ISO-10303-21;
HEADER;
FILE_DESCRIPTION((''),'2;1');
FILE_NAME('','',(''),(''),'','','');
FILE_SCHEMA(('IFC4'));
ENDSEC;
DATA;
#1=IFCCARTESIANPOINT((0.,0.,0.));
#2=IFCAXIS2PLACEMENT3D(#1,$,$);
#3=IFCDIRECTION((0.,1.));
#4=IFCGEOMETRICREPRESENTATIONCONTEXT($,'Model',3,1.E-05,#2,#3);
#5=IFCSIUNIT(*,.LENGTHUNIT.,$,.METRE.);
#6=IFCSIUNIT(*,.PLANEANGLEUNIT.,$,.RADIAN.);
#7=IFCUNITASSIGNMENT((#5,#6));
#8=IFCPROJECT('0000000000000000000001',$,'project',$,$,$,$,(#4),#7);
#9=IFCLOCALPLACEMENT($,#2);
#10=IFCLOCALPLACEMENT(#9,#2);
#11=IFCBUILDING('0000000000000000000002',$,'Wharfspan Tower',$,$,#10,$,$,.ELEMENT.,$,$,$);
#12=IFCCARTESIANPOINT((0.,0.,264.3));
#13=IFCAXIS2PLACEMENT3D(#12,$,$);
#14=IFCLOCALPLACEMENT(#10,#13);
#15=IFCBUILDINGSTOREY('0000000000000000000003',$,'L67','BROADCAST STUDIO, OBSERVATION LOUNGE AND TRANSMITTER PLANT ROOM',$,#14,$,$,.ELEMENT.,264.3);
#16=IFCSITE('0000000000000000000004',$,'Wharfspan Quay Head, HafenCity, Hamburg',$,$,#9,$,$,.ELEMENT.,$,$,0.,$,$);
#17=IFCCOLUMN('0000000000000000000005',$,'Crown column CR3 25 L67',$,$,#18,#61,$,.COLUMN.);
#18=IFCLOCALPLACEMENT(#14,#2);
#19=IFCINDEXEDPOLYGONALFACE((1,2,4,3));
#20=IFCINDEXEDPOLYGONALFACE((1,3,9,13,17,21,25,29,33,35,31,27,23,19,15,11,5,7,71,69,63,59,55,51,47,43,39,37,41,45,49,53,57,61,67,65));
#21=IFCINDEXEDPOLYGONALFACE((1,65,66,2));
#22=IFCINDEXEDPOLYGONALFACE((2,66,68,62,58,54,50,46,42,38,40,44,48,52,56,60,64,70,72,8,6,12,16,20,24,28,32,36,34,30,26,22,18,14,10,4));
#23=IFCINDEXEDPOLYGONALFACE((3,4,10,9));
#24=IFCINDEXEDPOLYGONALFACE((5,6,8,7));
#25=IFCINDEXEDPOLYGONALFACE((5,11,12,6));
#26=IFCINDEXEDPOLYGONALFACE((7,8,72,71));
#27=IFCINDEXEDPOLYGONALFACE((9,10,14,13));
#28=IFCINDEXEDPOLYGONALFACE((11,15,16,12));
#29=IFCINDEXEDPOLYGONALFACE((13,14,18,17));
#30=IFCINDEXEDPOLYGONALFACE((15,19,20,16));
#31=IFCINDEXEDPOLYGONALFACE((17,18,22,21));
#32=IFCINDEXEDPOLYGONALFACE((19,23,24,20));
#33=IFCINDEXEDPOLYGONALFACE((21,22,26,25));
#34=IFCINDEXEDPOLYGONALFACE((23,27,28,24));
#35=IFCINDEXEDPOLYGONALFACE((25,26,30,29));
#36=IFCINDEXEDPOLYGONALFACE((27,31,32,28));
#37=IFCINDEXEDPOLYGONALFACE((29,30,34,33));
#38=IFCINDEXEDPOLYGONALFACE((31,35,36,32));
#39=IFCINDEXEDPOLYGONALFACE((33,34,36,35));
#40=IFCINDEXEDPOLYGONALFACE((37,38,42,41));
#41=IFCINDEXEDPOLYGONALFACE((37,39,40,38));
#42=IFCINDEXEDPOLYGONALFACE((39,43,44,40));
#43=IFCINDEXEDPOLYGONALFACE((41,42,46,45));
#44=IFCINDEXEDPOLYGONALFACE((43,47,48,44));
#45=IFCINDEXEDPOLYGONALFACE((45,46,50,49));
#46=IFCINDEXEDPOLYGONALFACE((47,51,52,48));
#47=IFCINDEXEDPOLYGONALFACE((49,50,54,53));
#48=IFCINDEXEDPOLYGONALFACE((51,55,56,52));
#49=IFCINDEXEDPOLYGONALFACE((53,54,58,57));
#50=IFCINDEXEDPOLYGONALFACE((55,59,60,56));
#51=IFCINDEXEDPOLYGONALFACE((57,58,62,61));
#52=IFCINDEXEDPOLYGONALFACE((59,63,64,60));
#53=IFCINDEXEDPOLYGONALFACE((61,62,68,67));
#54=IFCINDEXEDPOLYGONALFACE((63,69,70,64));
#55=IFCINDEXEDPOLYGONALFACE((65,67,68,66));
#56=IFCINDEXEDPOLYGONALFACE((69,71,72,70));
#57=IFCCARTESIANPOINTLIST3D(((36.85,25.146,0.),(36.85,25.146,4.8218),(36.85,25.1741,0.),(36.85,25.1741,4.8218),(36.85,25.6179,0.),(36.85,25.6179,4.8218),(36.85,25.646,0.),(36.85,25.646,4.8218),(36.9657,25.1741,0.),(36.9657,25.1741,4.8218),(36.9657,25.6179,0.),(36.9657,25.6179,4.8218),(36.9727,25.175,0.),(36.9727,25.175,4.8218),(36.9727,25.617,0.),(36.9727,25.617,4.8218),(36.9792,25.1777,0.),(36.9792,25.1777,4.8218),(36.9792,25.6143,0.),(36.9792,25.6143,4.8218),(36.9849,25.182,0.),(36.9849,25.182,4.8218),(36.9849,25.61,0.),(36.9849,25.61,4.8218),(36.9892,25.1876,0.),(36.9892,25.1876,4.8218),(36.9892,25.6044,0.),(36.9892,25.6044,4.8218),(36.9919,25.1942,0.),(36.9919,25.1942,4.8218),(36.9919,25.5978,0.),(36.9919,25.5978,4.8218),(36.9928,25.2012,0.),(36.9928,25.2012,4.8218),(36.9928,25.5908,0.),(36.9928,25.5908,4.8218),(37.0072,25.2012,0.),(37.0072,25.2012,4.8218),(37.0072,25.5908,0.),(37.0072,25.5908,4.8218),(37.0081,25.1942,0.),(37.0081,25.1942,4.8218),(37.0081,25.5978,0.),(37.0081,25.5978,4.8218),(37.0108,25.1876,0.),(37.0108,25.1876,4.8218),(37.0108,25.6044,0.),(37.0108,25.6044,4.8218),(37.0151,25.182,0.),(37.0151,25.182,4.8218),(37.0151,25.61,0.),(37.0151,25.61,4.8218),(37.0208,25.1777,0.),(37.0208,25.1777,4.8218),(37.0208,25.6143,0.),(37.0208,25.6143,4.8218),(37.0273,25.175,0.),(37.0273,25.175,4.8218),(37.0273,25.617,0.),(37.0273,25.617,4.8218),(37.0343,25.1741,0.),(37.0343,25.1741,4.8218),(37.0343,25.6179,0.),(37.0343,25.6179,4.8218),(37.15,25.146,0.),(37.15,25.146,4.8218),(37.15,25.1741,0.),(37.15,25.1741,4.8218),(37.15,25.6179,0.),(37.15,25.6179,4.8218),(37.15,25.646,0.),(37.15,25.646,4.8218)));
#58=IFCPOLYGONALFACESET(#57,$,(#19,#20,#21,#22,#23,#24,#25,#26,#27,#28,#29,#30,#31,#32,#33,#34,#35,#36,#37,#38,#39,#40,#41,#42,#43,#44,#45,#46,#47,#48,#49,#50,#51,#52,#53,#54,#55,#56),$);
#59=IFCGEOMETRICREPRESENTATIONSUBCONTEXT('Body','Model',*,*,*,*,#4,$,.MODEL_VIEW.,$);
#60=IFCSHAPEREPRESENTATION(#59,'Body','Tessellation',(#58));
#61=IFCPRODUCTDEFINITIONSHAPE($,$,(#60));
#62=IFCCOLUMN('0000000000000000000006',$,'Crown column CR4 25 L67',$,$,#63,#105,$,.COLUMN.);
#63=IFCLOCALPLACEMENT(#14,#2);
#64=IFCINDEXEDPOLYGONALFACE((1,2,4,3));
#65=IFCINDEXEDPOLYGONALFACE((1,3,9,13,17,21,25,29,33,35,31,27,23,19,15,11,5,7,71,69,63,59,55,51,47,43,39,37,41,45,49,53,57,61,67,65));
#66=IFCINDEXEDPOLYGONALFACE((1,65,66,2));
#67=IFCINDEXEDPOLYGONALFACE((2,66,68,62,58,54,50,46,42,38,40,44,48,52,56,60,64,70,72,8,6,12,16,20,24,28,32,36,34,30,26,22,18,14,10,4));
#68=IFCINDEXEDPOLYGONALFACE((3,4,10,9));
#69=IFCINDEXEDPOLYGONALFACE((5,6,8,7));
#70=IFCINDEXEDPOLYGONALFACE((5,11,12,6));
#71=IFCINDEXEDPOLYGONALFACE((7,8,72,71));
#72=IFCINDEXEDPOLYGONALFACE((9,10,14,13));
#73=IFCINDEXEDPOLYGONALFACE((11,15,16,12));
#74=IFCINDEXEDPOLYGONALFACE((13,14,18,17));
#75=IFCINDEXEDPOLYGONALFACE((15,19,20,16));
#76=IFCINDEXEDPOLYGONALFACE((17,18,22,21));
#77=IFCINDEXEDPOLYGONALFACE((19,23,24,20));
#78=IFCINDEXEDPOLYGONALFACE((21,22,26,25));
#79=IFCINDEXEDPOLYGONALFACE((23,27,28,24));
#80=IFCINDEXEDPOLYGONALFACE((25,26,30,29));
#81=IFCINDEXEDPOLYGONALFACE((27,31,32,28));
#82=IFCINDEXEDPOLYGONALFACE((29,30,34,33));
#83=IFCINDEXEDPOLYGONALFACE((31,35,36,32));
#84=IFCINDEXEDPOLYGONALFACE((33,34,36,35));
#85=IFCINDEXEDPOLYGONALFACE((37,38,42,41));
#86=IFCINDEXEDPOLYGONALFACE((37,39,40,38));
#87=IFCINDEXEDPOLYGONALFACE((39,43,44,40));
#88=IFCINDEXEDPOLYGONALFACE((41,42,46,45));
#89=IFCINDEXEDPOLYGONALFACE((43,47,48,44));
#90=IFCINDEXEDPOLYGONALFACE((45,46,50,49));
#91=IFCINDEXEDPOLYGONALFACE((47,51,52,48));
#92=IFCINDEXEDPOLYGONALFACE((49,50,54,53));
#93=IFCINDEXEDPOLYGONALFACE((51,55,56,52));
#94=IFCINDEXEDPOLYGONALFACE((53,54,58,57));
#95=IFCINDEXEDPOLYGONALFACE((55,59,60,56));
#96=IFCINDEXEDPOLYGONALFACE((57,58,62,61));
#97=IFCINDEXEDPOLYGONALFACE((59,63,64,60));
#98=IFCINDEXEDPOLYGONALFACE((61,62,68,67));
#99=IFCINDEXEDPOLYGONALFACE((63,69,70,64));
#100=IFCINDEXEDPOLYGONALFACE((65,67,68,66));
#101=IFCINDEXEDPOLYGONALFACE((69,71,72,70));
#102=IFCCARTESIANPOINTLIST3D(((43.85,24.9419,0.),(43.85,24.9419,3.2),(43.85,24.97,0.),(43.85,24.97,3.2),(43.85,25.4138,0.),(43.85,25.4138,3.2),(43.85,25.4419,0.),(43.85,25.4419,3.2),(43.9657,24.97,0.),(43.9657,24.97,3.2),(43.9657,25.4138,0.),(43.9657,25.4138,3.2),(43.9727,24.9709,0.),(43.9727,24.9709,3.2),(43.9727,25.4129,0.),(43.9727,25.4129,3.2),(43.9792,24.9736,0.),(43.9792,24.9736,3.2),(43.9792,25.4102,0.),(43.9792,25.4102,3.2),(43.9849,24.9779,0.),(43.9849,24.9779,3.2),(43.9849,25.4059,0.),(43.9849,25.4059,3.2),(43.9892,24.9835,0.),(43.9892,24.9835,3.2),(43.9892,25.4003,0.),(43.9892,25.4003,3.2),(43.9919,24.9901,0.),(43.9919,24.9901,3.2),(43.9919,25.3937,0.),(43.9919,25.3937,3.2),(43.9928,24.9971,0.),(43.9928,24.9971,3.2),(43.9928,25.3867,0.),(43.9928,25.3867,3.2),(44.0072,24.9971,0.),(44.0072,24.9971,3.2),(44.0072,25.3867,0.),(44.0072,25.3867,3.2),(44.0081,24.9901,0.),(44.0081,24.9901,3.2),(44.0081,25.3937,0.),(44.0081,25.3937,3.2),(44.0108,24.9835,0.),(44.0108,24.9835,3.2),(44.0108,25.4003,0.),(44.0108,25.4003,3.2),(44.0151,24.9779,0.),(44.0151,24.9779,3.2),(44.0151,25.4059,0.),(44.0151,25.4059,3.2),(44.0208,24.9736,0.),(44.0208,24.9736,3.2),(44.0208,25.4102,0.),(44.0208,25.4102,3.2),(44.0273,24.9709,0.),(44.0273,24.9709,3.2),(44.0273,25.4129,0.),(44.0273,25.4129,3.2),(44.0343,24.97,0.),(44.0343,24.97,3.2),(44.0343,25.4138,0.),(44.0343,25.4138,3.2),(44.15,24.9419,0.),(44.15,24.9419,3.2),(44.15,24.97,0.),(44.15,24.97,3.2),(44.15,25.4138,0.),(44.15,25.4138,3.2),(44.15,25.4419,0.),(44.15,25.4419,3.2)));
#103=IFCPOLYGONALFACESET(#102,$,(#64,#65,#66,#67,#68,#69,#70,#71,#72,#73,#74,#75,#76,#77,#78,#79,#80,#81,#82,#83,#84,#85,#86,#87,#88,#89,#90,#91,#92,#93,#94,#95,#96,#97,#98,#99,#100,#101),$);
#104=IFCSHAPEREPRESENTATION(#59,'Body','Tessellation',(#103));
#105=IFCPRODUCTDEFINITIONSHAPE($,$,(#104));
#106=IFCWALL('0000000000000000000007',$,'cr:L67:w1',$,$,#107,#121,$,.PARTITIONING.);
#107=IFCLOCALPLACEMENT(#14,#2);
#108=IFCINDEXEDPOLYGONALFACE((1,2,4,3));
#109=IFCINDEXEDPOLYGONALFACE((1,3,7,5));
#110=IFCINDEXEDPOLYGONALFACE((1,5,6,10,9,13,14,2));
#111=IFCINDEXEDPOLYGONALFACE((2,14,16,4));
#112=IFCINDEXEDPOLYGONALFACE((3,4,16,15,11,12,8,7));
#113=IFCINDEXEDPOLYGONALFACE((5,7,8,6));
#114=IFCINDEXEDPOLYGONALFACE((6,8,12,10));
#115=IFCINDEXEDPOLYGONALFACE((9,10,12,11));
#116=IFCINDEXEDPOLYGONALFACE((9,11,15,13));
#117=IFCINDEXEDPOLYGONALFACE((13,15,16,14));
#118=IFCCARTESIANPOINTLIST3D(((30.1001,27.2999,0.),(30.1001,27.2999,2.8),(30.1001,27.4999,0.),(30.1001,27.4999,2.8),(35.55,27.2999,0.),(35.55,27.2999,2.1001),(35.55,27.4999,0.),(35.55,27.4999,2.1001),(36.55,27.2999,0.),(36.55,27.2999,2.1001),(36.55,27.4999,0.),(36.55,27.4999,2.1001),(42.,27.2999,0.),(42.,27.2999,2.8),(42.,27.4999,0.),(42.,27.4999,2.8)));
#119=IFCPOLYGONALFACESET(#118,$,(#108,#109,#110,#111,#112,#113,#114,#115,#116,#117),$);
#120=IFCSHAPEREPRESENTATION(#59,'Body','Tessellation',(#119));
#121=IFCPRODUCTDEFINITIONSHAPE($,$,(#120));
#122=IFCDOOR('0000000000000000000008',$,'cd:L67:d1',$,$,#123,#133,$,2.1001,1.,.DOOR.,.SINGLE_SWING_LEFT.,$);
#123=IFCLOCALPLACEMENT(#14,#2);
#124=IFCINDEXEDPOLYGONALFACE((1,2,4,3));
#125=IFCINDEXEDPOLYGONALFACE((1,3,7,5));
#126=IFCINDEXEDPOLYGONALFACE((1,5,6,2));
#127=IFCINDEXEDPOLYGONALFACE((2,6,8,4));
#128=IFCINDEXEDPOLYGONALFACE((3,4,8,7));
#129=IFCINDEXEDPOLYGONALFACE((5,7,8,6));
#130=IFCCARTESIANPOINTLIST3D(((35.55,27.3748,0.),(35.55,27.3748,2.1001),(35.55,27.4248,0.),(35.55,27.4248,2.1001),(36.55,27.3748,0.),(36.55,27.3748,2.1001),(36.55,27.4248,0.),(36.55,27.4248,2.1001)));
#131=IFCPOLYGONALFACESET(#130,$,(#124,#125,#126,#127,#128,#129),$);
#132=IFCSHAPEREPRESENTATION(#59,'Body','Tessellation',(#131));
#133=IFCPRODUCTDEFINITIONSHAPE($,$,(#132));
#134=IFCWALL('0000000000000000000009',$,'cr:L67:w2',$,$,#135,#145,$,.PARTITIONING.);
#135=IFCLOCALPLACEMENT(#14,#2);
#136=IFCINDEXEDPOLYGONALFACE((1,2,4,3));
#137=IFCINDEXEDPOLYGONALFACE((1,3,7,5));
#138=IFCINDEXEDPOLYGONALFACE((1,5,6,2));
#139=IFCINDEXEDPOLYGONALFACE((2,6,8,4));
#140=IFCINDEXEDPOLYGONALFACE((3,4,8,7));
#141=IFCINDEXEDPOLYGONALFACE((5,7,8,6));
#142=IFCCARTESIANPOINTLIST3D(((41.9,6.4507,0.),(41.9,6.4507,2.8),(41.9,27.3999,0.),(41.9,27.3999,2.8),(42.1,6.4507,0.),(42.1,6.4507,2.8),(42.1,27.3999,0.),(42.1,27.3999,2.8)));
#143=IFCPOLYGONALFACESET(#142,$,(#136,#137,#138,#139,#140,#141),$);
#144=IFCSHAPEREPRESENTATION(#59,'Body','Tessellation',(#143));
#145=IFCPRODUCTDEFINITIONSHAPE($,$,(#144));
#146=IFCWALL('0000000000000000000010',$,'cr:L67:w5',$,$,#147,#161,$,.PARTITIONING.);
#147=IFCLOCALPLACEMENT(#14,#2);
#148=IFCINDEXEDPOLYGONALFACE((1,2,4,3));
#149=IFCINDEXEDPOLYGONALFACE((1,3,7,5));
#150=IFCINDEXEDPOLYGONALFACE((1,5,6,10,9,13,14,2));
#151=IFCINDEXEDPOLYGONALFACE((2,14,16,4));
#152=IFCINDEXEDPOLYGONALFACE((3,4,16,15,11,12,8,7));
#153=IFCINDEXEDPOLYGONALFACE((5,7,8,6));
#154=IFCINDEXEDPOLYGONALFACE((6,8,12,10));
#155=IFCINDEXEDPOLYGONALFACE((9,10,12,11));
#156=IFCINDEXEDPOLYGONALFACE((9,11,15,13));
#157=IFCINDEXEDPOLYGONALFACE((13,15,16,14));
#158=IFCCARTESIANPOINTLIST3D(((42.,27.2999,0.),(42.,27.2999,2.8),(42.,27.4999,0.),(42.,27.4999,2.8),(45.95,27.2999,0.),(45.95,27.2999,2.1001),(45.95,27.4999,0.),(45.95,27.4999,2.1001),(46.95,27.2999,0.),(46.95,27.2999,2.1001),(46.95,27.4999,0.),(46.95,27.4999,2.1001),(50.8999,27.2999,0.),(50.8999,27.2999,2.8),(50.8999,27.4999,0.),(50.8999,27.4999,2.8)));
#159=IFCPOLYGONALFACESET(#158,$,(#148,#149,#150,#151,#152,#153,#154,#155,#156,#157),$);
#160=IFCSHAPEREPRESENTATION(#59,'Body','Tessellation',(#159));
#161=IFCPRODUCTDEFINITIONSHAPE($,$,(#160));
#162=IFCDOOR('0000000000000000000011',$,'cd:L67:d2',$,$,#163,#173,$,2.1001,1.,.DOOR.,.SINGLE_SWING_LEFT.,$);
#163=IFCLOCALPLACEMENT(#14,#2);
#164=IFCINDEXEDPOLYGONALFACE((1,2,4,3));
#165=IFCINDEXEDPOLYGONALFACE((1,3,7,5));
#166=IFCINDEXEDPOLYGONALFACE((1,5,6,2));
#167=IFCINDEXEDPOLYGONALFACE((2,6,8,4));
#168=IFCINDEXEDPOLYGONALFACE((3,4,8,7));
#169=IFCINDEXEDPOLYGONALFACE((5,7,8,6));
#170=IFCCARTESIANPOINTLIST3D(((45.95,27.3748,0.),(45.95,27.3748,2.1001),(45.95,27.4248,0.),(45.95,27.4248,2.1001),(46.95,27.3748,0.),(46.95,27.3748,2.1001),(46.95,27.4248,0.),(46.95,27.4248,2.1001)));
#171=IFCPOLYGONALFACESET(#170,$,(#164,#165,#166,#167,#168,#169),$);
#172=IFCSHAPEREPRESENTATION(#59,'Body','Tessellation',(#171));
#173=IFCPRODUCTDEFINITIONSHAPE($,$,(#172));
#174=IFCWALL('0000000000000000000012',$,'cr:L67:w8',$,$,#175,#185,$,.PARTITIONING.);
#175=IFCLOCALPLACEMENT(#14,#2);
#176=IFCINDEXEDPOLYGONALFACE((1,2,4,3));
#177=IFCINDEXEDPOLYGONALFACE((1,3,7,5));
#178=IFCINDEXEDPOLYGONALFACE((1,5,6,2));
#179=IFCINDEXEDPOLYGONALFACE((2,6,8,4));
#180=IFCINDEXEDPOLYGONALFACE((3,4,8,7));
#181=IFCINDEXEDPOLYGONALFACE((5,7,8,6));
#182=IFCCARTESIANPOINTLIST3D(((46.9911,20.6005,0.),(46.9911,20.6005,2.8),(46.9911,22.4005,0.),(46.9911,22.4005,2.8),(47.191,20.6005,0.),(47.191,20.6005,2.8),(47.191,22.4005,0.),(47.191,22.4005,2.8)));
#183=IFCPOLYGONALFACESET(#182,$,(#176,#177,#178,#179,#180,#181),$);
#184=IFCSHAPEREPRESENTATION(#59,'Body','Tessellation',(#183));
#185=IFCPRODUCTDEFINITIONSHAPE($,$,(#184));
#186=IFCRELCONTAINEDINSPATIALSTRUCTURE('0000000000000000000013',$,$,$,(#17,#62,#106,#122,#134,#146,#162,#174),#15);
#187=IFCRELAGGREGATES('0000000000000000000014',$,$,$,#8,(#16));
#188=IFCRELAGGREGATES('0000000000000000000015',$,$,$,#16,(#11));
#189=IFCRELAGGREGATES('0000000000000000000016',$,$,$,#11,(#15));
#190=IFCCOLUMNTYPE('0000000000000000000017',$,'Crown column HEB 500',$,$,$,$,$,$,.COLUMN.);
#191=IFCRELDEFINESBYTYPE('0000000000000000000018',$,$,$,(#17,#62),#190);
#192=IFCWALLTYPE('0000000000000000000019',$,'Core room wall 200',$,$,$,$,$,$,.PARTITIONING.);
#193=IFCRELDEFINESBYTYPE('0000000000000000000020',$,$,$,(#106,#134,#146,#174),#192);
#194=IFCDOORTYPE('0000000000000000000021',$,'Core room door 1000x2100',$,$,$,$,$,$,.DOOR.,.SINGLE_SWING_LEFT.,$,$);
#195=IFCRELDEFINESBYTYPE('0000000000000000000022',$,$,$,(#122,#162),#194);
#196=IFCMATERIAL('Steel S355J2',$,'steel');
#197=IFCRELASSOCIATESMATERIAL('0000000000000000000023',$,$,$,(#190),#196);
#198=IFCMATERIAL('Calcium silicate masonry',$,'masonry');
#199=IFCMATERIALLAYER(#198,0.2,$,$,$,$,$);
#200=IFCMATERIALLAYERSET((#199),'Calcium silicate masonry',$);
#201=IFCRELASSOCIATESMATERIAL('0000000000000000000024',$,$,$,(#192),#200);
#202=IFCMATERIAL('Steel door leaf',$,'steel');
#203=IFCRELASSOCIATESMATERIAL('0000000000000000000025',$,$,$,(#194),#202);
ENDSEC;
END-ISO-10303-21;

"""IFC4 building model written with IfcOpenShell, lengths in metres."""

from ifc_helpers import new_model, si_unit, direction, frame, frame_2d, origin, origin_2d, place, context, subcontext, project, spatial, rectangle, i_section, extrude, material, layer, layer_set, material_profile, profile_set, type_object, element, fill, save


model = new_model("IFC4")

# Units and contexts
model_context = context("Model", 3, precision=1e-05, world=origin(), true_north=direction((0.0, 1.0)))
body_context = subcontext(model_context, "Body", "Model", "MODEL_VIEW")
ifc_project = project(units=[si_unit("LENGTHUNIT", "METRE"), si_unit("PLANEANGLEUNIT", "RADIAN")], contexts=[model_context])

# Site, building, storey
site_placement = place(None, origin())
site = spatial("IfcSite", under=ifc_project, at=site_placement, Name="Wharfspan Quay Head, HafenCity, Hamburg", CompositionType="ELEMENT", RefElevation=0.0)
building_placement = place(site_placement, origin())
building = spatial("IfcBuilding", under=site, at=building_placement, Name="Wharfspan Tower", CompositionType="ELEMENT")
storey_placement = place(building_placement, frame((0.0, 0.0, 264.3)))
storey = spatial("IfcBuildingStorey", under=building, at=storey_placement, Name="L67", Description="BROADCAST STUDIO, OBSERVATION LOUNGE AND TRANSMITTER PLANT ROOM", CompositionType="ELEMENT", Elevation=264.3)

# Columns
ifc_material_1 = material(Name="Steel S355J2", Category="steel")
ifc_material_profile = material_profile(ifc_material_1, i_section(OverallWidth=0.3, OverallDepth=0.5, WebThickness=0.0144, FlangeThickness=0.0281, FilletRadius=0.0271, at=origin_2d()))
ifc_profile_set = profile_set([ifc_material_profile], Name="Steel S355J2")
column_type = type_object("IfcColumnType", Name="Crown column HEB 500", PredefinedType="COLUMN", material=ifc_profile_set)
column_1_placement = place(storey_placement, frame((37.0, 25.396, 0.0), z_axis=(0.0, 0.0, 1.0), x_axis=(1.0, 0.0, 0.0)))
element("IfcColumn", 1, at=column_1_placement, inside=storey, type_object=column_type, Name="Crown column CR3 25 L67", PredefinedType="COLUMN", context=body_context, shape_type="SweptSolid", body=[
    extrude(i_section(OverallWidth=0.3, OverallDepth=0.5, WebThickness=0.0144, FlangeThickness=0.0281, FilletRadius=0.0271, at=origin_2d()), origin(), (0.0, 0.0, 1.0), 4.8218),
])
column_2_placement = place(storey_placement, frame((44.0, 25.1919, 0.0), z_axis=(0.0, 0.0, 1.0), x_axis=(1.0, 0.0, 0.0)))
element("IfcColumn", 2, at=column_2_placement, inside=storey, type_object=column_type, Name="Crown column CR4 25 L67", PredefinedType="COLUMN", context=body_context, shape_type="SweptSolid", body=[
    extrude(i_section(OverallWidth=0.3, OverallDepth=0.5, WebThickness=0.0144, FlangeThickness=0.0281, FilletRadius=0.0271, at=origin_2d()), origin(), (0.0, 0.0, 1.0), 3.2),
])

# Wall, opening, door
ifc_material_2 = material(Name="Calcium silicate masonry", Category="masonry")
ifc_layer_1 = layer(ifc_material_2, 0.2)
ifc_layer_set_1 = layer_set([ifc_layer_1], Name="Calcium silicate masonry")
wall_type_1 = type_object("IfcWallType", Name="Core room wall 200", PredefinedType="PARTITIONING", material=ifc_layer_set_1)
wall_1_placement = place(storey_placement, frame((30.1001, 27.3999, 0.0), z_axis=(0.0, 0.0, 1.0), x_axis=(1.0, 0.0, 0.0)))
wall_1 = element("IfcWall", 3, at=wall_1_placement, inside=storey, type_object=wall_type_1, Name="cr:L67:w1", PredefinedType="PARTITIONING", context=body_context, shape_type="SweptSolid", body=[
    extrude(rectangle(XDim=11.8999, YDim=0.2, at=frame_2d((5.95, 0.0))), origin(), (0.0, 0.0, 1.0), 2.8),
])
opening_1_placement = place(wall_1_placement, frame((5.45, 0.0, 0.0)))
opening_1 = element("IfcOpeningElement", 4, at=opening_1_placement, cuts=wall_1, PredefinedType="OPENING", context=body_context, shape_type="SweptSolid", body=[
    extrude(rectangle(XDim=1.0, YDim=2.1001, at=frame_2d((0.5, 1.05))), frame((0.0, 0.1099, 0.0), z_axis=(0.0, -1.0, 0.0), x_axis=(1.0, 0.0, 0.0)), (0.0, 0.0, 1.0), 0.22),
])
ifc_material_3 = material(Name="Steel door leaf", Category="steel")
door_type_1 = type_object("IfcDoorType", Name="Core room door 1000x2100", OperationType="SINGLE_SWING_LEFT", PredefinedType="DOOR", material=ifc_material_3)
door_1_placement = place(opening_1_placement, origin())
door_1 = element("IfcDoor", 5, at=door_1_placement, inside=storey, type_object=door_type_1, Name="cd:L67:d1", OperationType="SINGLE_SWING_LEFT", OverallHeight=2.1001, OverallWidth=1.0, PredefinedType="DOOR", context=body_context, shape_type="SweptSolid", body=[
    extrude(rectangle(XDim=1.0, YDim=2.1001, at=frame_2d((0.5, 1.05))), frame((0.0, 0.0249, 0.0), z_axis=(0.0, -1.0, 0.0), x_axis=(1.0, 0.0, 0.0)), (0.0, 0.0, 1.0), 0.05),
])
fill(opening_1, door_1)

# Wall
wall_2_placement = place(storey_placement, frame((42.0, 27.3999, 0.0), z_axis=(0.0, 0.0, 1.0), x_axis=(0.0, -1.0, 0.0)))
element("IfcWall", 6, at=wall_2_placement, inside=storey, type_object=wall_type_1, Name="cr:L67:w2", PredefinedType="PARTITIONING", context=body_context, shape_type="SweptSolid", body=[
    extrude(rectangle(XDim=20.9492, YDim=0.2, at=frame_2d((10.4746, 0.0))), origin(), (0.0, 0.0, 1.0), 2.8),
])

# Wall, opening, door
wall_3_placement = place(storey_placement, frame((42.0, 27.3999, 0.0), z_axis=(0.0, 0.0, 1.0), x_axis=(1.0, 0.0, 0.0)))
wall_3 = element("IfcWall", 7, at=wall_3_placement, inside=storey, type_object=wall_type_1, Name="cr:L67:w5", PredefinedType="PARTITIONING", context=body_context, shape_type="SweptSolid", body=[
    extrude(rectangle(XDim=8.8999, YDim=0.2, at=frame_2d((4.45, 0.0))), origin(), (0.0, 0.0, 1.0), 2.8),
])
opening_2_placement = place(wall_3_placement, frame((3.95, 0.0, 0.0)))
opening_2 = element("IfcOpeningElement", 8, at=opening_2_placement, cuts=wall_3, PredefinedType="OPENING", context=body_context, shape_type="SweptSolid", body=[
    extrude(rectangle(XDim=1.0, YDim=2.1001, at=frame_2d((0.5, 1.05))), frame((0.0, 0.1099, 0.0), z_axis=(0.0, -1.0, 0.0), x_axis=(1.0, 0.0, 0.0)), (0.0, 0.0, 1.0), 0.22),
])
door_2_placement = place(opening_2_placement, origin())
door_2 = element("IfcDoor", 9, at=door_2_placement, inside=storey, type_object=door_type_1, Name="cd:L67:d2", OperationType="SINGLE_SWING_LEFT", OverallHeight=2.1001, OverallWidth=1.0, PredefinedType="DOOR", context=body_context, shape_type="SweptSolid", body=[
    extrude(rectangle(XDim=1.0, YDim=2.1001, at=frame_2d((0.5, 1.05))), frame((0.0, 0.0249, 0.0), z_axis=(0.0, -1.0, 0.0), x_axis=(1.0, 0.0, 0.0)), (0.0, 0.0, 1.0), 0.05),
])
fill(opening_2, door_2)

# Wall
wall_4_placement = place(storey_placement, frame((47.0911, 22.4004, 0.0), z_axis=(0.0, 0.0, 1.0), x_axis=(0.0, -1.0, 0.0)))
element("IfcWall", 10, at=wall_4_placement, inside=storey, type_object=wall_type_1, Name="cr:L67:w8", PredefinedType="PARTITIONING", context=body_context, shape_type="SweptSolid", body=[
    extrude(rectangle(XDim=1.8, YDim=0.2, at=frame_2d((0.8999, 0.0))), origin(), (0.0, 0.0, 1.0), 2.8),
])

save(model, "model.ifc")
